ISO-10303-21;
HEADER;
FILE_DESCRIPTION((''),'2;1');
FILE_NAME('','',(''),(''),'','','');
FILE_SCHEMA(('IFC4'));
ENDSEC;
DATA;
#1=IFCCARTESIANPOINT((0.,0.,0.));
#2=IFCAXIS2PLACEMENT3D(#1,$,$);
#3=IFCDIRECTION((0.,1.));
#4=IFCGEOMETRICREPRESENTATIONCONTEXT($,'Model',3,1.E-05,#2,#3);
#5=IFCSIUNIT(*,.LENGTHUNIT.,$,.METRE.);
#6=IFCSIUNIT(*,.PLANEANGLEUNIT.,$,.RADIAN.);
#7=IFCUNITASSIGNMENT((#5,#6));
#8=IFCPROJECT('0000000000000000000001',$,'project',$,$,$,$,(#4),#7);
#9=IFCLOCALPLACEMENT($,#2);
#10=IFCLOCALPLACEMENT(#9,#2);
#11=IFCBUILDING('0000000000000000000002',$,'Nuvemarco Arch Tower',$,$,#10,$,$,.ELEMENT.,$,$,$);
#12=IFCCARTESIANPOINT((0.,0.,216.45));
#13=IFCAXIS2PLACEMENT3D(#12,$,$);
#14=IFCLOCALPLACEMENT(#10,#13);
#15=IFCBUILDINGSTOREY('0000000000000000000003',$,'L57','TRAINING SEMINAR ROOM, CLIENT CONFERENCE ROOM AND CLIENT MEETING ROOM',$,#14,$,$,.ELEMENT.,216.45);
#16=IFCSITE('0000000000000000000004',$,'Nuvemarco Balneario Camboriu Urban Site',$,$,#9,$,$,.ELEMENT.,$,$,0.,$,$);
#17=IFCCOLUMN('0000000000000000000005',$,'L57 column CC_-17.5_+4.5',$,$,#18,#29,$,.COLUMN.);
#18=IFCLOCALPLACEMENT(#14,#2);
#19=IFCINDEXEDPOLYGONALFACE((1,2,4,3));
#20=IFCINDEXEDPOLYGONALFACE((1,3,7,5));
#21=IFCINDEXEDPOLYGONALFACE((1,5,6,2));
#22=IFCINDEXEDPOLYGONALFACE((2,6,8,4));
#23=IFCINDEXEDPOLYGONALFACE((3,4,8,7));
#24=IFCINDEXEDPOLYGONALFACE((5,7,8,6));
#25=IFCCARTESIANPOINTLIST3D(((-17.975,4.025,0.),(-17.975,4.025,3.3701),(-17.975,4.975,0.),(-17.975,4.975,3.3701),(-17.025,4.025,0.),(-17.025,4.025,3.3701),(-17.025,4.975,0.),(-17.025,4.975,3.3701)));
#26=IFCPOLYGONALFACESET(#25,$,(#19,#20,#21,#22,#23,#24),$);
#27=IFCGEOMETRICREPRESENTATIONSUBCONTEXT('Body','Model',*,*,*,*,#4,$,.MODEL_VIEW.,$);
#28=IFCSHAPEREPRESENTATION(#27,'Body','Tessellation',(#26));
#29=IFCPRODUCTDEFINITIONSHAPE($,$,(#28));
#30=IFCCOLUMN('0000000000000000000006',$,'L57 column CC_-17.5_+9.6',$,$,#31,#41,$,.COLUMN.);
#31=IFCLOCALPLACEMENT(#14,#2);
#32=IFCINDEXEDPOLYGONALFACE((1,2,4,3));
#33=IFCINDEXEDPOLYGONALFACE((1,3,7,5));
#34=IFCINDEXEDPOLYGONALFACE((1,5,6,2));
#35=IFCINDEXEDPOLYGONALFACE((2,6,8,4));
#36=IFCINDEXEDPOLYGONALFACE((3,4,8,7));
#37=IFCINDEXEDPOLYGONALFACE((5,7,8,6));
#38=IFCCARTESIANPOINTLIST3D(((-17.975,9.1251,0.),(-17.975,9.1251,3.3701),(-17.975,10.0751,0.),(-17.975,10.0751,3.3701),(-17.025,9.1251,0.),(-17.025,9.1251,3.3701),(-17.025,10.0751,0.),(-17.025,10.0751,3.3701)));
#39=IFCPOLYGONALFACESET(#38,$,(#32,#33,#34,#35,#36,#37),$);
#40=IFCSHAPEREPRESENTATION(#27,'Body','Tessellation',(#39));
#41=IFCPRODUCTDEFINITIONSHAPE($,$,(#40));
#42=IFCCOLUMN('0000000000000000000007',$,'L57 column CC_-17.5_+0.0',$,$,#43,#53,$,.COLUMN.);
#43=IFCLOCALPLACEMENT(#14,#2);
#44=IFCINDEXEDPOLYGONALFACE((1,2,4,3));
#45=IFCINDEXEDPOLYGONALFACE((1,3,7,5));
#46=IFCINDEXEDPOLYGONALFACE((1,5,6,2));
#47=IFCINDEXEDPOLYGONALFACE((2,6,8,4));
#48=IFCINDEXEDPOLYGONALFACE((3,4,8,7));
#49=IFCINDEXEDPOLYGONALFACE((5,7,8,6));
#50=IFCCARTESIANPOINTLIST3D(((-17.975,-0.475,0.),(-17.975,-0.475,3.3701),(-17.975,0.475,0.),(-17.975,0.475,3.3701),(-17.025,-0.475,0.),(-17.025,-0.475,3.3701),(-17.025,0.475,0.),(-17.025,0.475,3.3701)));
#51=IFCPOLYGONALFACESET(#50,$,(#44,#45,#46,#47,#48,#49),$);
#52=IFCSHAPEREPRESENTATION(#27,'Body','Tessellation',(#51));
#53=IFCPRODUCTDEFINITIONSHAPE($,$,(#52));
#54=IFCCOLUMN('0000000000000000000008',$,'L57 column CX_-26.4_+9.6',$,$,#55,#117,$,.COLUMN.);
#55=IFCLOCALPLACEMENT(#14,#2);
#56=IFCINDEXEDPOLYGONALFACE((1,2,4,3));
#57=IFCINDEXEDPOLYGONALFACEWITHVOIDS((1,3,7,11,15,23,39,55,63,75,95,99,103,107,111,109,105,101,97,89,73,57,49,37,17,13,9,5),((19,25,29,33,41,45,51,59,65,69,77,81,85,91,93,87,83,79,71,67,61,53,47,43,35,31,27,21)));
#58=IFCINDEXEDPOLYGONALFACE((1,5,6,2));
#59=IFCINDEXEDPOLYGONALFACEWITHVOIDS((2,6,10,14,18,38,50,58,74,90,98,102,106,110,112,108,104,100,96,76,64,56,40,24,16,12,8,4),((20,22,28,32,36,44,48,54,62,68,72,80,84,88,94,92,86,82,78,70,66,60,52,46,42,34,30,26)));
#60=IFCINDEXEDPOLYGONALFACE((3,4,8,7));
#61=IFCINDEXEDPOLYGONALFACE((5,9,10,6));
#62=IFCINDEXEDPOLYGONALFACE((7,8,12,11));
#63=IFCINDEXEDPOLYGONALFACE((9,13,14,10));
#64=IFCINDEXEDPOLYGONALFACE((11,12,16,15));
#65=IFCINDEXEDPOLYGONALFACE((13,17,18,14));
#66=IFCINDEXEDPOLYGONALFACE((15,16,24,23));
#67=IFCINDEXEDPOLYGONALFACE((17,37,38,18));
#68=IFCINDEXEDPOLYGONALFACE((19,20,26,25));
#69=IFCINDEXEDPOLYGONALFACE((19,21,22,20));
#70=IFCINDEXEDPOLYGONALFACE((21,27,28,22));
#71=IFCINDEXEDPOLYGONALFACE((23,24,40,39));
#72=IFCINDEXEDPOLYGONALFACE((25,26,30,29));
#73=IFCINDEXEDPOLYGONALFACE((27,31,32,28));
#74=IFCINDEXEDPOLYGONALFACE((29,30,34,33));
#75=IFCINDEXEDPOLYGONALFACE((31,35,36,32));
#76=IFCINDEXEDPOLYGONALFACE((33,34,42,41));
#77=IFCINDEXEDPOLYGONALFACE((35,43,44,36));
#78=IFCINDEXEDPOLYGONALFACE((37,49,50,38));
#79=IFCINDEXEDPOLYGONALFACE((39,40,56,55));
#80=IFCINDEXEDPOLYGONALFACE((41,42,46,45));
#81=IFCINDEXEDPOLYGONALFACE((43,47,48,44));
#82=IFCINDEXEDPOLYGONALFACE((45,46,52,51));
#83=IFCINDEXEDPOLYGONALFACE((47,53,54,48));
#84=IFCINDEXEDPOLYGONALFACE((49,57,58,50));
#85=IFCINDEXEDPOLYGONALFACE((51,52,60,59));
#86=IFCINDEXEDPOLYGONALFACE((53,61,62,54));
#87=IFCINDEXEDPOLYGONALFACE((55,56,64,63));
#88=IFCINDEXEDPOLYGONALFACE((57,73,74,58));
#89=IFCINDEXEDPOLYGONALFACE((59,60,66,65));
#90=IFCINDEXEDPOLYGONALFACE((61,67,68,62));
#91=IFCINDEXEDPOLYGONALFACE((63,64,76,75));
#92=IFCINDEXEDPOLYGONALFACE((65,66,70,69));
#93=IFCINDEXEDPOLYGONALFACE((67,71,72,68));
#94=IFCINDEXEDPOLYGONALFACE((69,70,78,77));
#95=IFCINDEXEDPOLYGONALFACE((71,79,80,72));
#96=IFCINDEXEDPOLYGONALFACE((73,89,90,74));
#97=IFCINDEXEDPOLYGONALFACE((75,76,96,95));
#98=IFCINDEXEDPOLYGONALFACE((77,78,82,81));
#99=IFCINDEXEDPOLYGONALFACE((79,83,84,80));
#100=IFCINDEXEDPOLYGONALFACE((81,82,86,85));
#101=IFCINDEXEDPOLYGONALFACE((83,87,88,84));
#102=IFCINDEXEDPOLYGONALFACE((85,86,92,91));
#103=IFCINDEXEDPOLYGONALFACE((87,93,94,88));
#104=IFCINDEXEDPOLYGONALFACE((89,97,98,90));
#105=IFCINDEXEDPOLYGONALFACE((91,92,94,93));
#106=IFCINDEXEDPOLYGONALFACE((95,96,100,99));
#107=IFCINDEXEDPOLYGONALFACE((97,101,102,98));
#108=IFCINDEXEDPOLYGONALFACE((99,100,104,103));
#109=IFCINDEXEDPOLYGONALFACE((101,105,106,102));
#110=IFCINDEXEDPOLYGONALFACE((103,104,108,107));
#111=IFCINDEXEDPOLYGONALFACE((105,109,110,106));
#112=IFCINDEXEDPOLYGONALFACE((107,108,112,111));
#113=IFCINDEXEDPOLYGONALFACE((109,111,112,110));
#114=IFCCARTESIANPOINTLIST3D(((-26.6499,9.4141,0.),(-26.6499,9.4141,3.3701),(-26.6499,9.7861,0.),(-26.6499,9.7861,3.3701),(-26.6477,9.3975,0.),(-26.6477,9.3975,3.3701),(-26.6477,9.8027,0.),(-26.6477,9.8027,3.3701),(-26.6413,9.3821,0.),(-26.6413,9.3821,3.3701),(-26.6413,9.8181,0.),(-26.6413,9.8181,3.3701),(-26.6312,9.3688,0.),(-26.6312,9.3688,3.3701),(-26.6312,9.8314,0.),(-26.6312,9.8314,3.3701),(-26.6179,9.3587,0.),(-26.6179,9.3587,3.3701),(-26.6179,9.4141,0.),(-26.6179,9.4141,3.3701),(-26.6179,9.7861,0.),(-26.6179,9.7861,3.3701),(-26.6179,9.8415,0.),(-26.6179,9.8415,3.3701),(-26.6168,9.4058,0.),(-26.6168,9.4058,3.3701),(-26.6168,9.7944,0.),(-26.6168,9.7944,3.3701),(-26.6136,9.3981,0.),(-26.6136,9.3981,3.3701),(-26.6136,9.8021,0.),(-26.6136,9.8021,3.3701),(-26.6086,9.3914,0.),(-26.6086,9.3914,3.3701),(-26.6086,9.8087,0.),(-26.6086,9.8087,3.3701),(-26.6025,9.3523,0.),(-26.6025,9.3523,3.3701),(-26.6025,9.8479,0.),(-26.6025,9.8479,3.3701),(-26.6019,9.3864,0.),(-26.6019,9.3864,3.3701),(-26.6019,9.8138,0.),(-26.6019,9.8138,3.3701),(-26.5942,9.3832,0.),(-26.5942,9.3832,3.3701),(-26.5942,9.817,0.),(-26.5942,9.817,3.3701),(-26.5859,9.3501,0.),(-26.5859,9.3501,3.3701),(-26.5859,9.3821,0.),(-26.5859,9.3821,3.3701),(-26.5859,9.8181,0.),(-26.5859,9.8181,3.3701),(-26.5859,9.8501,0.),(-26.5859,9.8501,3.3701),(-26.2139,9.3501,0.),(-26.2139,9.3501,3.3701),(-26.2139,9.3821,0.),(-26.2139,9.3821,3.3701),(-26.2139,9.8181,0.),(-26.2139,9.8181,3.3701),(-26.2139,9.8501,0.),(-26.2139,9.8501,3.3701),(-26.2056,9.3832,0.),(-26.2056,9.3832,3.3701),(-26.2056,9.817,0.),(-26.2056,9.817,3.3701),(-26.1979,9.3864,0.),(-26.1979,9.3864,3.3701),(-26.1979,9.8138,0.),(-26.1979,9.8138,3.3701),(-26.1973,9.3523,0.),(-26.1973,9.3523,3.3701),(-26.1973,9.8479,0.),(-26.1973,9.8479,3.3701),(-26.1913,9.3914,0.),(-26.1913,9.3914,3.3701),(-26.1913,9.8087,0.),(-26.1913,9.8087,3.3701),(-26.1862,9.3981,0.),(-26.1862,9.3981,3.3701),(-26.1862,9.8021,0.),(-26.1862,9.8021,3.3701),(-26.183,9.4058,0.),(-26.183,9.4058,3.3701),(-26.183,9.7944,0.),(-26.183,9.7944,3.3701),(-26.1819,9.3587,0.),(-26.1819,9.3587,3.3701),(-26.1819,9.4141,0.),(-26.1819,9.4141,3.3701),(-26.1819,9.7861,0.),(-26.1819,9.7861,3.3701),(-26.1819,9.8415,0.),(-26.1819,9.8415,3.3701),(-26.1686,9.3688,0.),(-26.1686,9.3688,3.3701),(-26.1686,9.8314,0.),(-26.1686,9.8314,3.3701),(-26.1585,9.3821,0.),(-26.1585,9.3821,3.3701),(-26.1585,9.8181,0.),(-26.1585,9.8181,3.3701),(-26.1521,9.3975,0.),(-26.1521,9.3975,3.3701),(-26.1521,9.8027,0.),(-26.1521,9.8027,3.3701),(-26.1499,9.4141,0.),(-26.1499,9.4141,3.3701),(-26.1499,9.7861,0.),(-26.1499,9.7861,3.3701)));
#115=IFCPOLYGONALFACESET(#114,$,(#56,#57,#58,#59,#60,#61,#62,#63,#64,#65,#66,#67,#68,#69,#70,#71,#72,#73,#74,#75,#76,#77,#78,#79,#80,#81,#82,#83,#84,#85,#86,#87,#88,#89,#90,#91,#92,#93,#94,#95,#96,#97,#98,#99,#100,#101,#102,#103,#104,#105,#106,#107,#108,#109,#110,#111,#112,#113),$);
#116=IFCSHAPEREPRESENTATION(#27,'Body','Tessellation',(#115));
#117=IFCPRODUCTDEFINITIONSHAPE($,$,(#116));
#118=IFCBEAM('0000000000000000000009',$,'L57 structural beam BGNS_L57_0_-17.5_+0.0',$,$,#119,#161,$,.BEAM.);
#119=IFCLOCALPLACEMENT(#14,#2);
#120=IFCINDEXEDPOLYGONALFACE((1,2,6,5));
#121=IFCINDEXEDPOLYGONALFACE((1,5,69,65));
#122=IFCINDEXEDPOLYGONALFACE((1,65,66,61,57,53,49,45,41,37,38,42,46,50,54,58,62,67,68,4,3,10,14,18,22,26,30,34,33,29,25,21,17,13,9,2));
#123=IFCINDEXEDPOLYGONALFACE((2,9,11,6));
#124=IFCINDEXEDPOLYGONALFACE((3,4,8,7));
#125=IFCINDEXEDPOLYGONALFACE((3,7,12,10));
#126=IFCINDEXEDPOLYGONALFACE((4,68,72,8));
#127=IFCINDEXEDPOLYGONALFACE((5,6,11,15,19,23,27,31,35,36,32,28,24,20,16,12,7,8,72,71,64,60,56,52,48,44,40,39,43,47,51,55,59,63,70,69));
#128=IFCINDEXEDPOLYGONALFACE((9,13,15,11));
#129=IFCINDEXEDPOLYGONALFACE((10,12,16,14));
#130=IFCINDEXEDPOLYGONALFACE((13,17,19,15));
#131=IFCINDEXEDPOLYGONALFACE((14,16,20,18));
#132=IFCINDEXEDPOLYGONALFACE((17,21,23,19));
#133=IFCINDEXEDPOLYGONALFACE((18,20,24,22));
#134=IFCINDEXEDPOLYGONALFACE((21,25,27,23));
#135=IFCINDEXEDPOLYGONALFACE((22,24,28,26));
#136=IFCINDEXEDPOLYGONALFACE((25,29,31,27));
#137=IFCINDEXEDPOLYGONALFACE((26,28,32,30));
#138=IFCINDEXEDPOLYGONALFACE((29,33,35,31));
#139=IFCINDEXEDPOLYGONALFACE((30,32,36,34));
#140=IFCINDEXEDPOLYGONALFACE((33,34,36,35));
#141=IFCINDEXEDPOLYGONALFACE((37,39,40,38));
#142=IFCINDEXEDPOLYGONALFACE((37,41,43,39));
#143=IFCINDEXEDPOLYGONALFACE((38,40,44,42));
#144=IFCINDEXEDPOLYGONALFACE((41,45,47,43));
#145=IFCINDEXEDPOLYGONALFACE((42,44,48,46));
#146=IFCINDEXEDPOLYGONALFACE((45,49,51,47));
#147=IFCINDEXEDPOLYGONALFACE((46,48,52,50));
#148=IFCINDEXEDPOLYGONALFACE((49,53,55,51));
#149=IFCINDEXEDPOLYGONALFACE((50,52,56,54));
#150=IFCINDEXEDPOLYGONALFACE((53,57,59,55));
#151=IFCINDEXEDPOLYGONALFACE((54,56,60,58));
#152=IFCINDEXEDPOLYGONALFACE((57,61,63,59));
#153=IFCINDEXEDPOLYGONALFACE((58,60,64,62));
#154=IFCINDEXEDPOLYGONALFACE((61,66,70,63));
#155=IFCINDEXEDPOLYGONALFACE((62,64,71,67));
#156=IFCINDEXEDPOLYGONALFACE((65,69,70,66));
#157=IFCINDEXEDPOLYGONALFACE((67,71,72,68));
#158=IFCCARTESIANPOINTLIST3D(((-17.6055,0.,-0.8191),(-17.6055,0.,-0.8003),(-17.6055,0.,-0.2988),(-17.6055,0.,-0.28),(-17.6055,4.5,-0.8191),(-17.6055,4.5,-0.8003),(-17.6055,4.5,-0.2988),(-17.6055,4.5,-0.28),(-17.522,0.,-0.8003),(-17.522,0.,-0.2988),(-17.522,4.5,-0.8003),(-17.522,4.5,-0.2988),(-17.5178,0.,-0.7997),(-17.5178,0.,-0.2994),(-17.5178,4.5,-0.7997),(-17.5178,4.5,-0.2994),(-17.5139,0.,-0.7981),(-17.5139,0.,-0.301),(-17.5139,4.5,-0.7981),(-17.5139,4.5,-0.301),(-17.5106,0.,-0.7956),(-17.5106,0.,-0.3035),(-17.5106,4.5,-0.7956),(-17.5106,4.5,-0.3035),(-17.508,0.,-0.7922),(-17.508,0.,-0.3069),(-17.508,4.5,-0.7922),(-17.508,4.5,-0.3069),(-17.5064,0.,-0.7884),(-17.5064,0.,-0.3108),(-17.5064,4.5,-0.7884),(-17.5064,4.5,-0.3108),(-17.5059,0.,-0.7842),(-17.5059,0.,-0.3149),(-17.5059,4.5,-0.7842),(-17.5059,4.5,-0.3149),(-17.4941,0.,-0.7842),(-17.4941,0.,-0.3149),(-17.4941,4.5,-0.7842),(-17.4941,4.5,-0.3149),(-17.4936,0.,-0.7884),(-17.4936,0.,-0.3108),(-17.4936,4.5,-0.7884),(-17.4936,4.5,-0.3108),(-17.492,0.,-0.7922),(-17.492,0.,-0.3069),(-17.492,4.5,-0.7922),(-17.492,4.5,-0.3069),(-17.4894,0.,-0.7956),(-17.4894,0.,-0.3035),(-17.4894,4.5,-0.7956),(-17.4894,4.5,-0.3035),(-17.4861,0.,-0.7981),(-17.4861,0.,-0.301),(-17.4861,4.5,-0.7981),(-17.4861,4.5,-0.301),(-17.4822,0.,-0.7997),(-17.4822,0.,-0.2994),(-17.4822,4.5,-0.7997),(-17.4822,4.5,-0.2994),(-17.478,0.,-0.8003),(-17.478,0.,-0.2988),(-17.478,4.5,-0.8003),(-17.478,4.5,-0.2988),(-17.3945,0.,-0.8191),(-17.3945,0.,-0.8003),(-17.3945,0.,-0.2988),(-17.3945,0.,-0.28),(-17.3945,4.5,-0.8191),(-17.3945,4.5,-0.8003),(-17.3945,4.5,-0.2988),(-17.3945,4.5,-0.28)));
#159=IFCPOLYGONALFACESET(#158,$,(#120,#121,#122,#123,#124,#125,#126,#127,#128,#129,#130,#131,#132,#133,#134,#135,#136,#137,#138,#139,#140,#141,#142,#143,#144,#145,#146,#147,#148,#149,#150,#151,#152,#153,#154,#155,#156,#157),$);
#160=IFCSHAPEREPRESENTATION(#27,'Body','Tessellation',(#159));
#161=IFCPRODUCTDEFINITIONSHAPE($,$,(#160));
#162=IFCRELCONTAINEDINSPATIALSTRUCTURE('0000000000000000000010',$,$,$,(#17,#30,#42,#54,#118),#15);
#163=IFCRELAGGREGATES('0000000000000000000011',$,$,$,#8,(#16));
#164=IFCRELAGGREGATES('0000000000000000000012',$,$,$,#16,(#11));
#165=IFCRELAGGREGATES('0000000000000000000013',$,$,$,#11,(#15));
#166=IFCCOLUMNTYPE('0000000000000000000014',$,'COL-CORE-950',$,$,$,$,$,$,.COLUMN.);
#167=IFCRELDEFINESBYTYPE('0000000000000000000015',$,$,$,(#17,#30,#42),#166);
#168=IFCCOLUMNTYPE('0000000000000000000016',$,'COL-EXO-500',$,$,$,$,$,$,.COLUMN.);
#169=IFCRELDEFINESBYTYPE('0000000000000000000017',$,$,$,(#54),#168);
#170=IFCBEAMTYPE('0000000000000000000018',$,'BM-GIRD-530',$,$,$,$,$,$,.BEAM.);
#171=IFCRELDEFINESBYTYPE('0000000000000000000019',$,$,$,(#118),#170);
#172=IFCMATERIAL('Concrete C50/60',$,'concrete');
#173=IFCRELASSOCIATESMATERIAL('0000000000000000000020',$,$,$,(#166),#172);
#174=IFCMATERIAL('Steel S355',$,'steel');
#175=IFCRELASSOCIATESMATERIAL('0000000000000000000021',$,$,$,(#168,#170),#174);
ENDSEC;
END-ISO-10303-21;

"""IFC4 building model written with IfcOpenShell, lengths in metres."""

from ifc_helpers import new_model, si_unit, direction, frame, origin, origin_2d, place, context, subcontext, project, spatial, rectangle, hollow_rectangle, i_section, extrude, material, material_profile, profile_set, type_object, element, save


model = new_model("IFC4")

# Units and contexts
model_context = context("Model", 3, precision=1e-05, world=origin(), true_north=direction((0.0, 1.0)))
body_context = subcontext(model_context, "Body", "Model", "MODEL_VIEW")
ifc_project = project(units=[si_unit("LENGTHUNIT", "METRE"), si_unit("PLANEANGLEUNIT", "RADIAN")], contexts=[model_context])

# Site, building, storey
site_placement = place(None, origin())
site = spatial("IfcSite", under=ifc_project, at=site_placement, Name="Nuvemarco Balneario Camboriu Urban Site", CompositionType="ELEMENT", RefElevation=0.0)
building_placement = place(site_placement, origin())
building = spatial("IfcBuilding", under=site, at=building_placement, Name="Nuvemarco Arch Tower", CompositionType="ELEMENT")
storey_placement = place(building_placement, frame((0.0, 0.0, 216.45)))
storey = spatial("IfcBuildingStorey", under=building, at=storey_placement, Name="L57", Description="TRAINING SEMINAR ROOM, CLIENT CONFERENCE ROOM AND CLIENT MEETING ROOM", CompositionType="ELEMENT", Elevation=216.45)

# Columns
ifc_material_1 = material(Name="Concrete C50/60", Category="concrete")
ifc_material_profile_1 = material_profile(ifc_material_1, rectangle(XDim=0.95, YDim=0.95, at=origin_2d()), Name="RC-COL-950x950")
ifc_profile_set_1 = profile_set([ifc_material_profile_1], Name="Concrete C50/60")
column_type_1 = type_object("IfcColumnType", Name="COL-CORE-950", PredefinedType="COLUMN", material=ifc_profile_set_1)
for number, where, z_axis, x_axis, name in (
    (1, (-17.5, 4.5, 0.0), (0.0, 0.0, 1.0), (1.0, 0.0, 0.0), "L57 column CC_-17.5_+4.5"),
    (2, (-17.5, 9.6001, 0.0), (0.0, 0.0, 1.0), (1.0, 0.0, 0.0), "L57 column CC_-17.5_+9.6"),
    (3, (-17.5, 0.0, 0.0), (0.0, 0.0, 1.0), (1.0, 0.0, 0.0), "L57 column CC_-17.5_+0.0"),
):
    element("IfcColumn", number, at=place(storey_placement, frame(where, z_axis=z_axis, x_axis=x_axis)), inside=storey, type_object=column_type_1, Name=name, PredefinedType="COLUMN", context=body_context, shape_type="SweptSolid", body=[
        extrude(rectangle(XDim=0.95, YDim=0.95, at=origin_2d()), origin(), (0.0, 0.0, 1.0), 3.3701),
    ])
ifc_material_2 = material(Name="Steel S355", Category="steel")
ifc_material_profile_2 = material_profile(ifc_material_2, hollow_rectangle(XDim=0.5, YDim=0.5, WallThickness=0.032, InnerFilletRadius=0.032, OuterFilletRadius=0.064, at=origin_2d()), Name="SHS500x500x32")
ifc_profile_set_2 = profile_set([ifc_material_profile_2], Name="Steel S355")
column_type_2 = type_object("IfcColumnType", Name="COL-EXO-500", PredefinedType="COLUMN", material=ifc_profile_set_2)
column_placement = place(storey_placement, frame((-26.3999, 9.6001, 0.0), z_axis=(0.0, 0.0, 1.0), x_axis=(1.0, 0.0, 0.0)))
element("IfcColumn", 4, at=column_placement, inside=storey, type_object=column_type_2, Name="L57 column CX_-26.4_+9.6", PredefinedType="COLUMN", context=body_context, shape_type="SweptSolid", body=[
    extrude(hollow_rectangle(XDim=0.5, YDim=0.5, WallThickness=0.032, InnerFilletRadius=0.032, OuterFilletRadius=0.064, at=origin_2d()), origin(), (0.0, 0.0, 1.0), 3.3701),
])

# Beam
ifc_material_profile_3 = material_profile(ifc_material_2, i_section(OverallWidth=0.2109, OverallDepth=0.5391, WebThickness=0.0117, FlangeThickness=0.0188, FilletRadius=0.0161, at=origin_2d()), Name="W530x109")
ifc_profile_set_3 = profile_set([ifc_material_profile_3], Name="Steel S355")
beam_type_1 = type_object("IfcBeamType", Name="BM-GIRD-530", PredefinedType="BEAM", material=ifc_profile_set_3)
beam_1_placement = place(storey_placement, frame((-17.5, 0.0, -0.5496), z_axis=(0.0, 1.0, 0.0), x_axis=(-1.0, 0.0, 0.0)))
element("IfcBeam", 5, at=beam_1_placement, inside=storey, type_object=beam_type_1, Name="L57 structural beam BGNS_L57_0_-17.5_+0.0", PredefinedType="BEAM", context=body_context, shape_type="SweptSolid", body=[
    extrude(i_section(OverallWidth=0.2109, OverallDepth=0.5391, WebThickness=0.0117, FlangeThickness=0.0188, FilletRadius=0.0161, at=origin_2d()), origin(), (0.0, 0.0, 1.0), 4.5),
])

save(model, "model.ifc")
